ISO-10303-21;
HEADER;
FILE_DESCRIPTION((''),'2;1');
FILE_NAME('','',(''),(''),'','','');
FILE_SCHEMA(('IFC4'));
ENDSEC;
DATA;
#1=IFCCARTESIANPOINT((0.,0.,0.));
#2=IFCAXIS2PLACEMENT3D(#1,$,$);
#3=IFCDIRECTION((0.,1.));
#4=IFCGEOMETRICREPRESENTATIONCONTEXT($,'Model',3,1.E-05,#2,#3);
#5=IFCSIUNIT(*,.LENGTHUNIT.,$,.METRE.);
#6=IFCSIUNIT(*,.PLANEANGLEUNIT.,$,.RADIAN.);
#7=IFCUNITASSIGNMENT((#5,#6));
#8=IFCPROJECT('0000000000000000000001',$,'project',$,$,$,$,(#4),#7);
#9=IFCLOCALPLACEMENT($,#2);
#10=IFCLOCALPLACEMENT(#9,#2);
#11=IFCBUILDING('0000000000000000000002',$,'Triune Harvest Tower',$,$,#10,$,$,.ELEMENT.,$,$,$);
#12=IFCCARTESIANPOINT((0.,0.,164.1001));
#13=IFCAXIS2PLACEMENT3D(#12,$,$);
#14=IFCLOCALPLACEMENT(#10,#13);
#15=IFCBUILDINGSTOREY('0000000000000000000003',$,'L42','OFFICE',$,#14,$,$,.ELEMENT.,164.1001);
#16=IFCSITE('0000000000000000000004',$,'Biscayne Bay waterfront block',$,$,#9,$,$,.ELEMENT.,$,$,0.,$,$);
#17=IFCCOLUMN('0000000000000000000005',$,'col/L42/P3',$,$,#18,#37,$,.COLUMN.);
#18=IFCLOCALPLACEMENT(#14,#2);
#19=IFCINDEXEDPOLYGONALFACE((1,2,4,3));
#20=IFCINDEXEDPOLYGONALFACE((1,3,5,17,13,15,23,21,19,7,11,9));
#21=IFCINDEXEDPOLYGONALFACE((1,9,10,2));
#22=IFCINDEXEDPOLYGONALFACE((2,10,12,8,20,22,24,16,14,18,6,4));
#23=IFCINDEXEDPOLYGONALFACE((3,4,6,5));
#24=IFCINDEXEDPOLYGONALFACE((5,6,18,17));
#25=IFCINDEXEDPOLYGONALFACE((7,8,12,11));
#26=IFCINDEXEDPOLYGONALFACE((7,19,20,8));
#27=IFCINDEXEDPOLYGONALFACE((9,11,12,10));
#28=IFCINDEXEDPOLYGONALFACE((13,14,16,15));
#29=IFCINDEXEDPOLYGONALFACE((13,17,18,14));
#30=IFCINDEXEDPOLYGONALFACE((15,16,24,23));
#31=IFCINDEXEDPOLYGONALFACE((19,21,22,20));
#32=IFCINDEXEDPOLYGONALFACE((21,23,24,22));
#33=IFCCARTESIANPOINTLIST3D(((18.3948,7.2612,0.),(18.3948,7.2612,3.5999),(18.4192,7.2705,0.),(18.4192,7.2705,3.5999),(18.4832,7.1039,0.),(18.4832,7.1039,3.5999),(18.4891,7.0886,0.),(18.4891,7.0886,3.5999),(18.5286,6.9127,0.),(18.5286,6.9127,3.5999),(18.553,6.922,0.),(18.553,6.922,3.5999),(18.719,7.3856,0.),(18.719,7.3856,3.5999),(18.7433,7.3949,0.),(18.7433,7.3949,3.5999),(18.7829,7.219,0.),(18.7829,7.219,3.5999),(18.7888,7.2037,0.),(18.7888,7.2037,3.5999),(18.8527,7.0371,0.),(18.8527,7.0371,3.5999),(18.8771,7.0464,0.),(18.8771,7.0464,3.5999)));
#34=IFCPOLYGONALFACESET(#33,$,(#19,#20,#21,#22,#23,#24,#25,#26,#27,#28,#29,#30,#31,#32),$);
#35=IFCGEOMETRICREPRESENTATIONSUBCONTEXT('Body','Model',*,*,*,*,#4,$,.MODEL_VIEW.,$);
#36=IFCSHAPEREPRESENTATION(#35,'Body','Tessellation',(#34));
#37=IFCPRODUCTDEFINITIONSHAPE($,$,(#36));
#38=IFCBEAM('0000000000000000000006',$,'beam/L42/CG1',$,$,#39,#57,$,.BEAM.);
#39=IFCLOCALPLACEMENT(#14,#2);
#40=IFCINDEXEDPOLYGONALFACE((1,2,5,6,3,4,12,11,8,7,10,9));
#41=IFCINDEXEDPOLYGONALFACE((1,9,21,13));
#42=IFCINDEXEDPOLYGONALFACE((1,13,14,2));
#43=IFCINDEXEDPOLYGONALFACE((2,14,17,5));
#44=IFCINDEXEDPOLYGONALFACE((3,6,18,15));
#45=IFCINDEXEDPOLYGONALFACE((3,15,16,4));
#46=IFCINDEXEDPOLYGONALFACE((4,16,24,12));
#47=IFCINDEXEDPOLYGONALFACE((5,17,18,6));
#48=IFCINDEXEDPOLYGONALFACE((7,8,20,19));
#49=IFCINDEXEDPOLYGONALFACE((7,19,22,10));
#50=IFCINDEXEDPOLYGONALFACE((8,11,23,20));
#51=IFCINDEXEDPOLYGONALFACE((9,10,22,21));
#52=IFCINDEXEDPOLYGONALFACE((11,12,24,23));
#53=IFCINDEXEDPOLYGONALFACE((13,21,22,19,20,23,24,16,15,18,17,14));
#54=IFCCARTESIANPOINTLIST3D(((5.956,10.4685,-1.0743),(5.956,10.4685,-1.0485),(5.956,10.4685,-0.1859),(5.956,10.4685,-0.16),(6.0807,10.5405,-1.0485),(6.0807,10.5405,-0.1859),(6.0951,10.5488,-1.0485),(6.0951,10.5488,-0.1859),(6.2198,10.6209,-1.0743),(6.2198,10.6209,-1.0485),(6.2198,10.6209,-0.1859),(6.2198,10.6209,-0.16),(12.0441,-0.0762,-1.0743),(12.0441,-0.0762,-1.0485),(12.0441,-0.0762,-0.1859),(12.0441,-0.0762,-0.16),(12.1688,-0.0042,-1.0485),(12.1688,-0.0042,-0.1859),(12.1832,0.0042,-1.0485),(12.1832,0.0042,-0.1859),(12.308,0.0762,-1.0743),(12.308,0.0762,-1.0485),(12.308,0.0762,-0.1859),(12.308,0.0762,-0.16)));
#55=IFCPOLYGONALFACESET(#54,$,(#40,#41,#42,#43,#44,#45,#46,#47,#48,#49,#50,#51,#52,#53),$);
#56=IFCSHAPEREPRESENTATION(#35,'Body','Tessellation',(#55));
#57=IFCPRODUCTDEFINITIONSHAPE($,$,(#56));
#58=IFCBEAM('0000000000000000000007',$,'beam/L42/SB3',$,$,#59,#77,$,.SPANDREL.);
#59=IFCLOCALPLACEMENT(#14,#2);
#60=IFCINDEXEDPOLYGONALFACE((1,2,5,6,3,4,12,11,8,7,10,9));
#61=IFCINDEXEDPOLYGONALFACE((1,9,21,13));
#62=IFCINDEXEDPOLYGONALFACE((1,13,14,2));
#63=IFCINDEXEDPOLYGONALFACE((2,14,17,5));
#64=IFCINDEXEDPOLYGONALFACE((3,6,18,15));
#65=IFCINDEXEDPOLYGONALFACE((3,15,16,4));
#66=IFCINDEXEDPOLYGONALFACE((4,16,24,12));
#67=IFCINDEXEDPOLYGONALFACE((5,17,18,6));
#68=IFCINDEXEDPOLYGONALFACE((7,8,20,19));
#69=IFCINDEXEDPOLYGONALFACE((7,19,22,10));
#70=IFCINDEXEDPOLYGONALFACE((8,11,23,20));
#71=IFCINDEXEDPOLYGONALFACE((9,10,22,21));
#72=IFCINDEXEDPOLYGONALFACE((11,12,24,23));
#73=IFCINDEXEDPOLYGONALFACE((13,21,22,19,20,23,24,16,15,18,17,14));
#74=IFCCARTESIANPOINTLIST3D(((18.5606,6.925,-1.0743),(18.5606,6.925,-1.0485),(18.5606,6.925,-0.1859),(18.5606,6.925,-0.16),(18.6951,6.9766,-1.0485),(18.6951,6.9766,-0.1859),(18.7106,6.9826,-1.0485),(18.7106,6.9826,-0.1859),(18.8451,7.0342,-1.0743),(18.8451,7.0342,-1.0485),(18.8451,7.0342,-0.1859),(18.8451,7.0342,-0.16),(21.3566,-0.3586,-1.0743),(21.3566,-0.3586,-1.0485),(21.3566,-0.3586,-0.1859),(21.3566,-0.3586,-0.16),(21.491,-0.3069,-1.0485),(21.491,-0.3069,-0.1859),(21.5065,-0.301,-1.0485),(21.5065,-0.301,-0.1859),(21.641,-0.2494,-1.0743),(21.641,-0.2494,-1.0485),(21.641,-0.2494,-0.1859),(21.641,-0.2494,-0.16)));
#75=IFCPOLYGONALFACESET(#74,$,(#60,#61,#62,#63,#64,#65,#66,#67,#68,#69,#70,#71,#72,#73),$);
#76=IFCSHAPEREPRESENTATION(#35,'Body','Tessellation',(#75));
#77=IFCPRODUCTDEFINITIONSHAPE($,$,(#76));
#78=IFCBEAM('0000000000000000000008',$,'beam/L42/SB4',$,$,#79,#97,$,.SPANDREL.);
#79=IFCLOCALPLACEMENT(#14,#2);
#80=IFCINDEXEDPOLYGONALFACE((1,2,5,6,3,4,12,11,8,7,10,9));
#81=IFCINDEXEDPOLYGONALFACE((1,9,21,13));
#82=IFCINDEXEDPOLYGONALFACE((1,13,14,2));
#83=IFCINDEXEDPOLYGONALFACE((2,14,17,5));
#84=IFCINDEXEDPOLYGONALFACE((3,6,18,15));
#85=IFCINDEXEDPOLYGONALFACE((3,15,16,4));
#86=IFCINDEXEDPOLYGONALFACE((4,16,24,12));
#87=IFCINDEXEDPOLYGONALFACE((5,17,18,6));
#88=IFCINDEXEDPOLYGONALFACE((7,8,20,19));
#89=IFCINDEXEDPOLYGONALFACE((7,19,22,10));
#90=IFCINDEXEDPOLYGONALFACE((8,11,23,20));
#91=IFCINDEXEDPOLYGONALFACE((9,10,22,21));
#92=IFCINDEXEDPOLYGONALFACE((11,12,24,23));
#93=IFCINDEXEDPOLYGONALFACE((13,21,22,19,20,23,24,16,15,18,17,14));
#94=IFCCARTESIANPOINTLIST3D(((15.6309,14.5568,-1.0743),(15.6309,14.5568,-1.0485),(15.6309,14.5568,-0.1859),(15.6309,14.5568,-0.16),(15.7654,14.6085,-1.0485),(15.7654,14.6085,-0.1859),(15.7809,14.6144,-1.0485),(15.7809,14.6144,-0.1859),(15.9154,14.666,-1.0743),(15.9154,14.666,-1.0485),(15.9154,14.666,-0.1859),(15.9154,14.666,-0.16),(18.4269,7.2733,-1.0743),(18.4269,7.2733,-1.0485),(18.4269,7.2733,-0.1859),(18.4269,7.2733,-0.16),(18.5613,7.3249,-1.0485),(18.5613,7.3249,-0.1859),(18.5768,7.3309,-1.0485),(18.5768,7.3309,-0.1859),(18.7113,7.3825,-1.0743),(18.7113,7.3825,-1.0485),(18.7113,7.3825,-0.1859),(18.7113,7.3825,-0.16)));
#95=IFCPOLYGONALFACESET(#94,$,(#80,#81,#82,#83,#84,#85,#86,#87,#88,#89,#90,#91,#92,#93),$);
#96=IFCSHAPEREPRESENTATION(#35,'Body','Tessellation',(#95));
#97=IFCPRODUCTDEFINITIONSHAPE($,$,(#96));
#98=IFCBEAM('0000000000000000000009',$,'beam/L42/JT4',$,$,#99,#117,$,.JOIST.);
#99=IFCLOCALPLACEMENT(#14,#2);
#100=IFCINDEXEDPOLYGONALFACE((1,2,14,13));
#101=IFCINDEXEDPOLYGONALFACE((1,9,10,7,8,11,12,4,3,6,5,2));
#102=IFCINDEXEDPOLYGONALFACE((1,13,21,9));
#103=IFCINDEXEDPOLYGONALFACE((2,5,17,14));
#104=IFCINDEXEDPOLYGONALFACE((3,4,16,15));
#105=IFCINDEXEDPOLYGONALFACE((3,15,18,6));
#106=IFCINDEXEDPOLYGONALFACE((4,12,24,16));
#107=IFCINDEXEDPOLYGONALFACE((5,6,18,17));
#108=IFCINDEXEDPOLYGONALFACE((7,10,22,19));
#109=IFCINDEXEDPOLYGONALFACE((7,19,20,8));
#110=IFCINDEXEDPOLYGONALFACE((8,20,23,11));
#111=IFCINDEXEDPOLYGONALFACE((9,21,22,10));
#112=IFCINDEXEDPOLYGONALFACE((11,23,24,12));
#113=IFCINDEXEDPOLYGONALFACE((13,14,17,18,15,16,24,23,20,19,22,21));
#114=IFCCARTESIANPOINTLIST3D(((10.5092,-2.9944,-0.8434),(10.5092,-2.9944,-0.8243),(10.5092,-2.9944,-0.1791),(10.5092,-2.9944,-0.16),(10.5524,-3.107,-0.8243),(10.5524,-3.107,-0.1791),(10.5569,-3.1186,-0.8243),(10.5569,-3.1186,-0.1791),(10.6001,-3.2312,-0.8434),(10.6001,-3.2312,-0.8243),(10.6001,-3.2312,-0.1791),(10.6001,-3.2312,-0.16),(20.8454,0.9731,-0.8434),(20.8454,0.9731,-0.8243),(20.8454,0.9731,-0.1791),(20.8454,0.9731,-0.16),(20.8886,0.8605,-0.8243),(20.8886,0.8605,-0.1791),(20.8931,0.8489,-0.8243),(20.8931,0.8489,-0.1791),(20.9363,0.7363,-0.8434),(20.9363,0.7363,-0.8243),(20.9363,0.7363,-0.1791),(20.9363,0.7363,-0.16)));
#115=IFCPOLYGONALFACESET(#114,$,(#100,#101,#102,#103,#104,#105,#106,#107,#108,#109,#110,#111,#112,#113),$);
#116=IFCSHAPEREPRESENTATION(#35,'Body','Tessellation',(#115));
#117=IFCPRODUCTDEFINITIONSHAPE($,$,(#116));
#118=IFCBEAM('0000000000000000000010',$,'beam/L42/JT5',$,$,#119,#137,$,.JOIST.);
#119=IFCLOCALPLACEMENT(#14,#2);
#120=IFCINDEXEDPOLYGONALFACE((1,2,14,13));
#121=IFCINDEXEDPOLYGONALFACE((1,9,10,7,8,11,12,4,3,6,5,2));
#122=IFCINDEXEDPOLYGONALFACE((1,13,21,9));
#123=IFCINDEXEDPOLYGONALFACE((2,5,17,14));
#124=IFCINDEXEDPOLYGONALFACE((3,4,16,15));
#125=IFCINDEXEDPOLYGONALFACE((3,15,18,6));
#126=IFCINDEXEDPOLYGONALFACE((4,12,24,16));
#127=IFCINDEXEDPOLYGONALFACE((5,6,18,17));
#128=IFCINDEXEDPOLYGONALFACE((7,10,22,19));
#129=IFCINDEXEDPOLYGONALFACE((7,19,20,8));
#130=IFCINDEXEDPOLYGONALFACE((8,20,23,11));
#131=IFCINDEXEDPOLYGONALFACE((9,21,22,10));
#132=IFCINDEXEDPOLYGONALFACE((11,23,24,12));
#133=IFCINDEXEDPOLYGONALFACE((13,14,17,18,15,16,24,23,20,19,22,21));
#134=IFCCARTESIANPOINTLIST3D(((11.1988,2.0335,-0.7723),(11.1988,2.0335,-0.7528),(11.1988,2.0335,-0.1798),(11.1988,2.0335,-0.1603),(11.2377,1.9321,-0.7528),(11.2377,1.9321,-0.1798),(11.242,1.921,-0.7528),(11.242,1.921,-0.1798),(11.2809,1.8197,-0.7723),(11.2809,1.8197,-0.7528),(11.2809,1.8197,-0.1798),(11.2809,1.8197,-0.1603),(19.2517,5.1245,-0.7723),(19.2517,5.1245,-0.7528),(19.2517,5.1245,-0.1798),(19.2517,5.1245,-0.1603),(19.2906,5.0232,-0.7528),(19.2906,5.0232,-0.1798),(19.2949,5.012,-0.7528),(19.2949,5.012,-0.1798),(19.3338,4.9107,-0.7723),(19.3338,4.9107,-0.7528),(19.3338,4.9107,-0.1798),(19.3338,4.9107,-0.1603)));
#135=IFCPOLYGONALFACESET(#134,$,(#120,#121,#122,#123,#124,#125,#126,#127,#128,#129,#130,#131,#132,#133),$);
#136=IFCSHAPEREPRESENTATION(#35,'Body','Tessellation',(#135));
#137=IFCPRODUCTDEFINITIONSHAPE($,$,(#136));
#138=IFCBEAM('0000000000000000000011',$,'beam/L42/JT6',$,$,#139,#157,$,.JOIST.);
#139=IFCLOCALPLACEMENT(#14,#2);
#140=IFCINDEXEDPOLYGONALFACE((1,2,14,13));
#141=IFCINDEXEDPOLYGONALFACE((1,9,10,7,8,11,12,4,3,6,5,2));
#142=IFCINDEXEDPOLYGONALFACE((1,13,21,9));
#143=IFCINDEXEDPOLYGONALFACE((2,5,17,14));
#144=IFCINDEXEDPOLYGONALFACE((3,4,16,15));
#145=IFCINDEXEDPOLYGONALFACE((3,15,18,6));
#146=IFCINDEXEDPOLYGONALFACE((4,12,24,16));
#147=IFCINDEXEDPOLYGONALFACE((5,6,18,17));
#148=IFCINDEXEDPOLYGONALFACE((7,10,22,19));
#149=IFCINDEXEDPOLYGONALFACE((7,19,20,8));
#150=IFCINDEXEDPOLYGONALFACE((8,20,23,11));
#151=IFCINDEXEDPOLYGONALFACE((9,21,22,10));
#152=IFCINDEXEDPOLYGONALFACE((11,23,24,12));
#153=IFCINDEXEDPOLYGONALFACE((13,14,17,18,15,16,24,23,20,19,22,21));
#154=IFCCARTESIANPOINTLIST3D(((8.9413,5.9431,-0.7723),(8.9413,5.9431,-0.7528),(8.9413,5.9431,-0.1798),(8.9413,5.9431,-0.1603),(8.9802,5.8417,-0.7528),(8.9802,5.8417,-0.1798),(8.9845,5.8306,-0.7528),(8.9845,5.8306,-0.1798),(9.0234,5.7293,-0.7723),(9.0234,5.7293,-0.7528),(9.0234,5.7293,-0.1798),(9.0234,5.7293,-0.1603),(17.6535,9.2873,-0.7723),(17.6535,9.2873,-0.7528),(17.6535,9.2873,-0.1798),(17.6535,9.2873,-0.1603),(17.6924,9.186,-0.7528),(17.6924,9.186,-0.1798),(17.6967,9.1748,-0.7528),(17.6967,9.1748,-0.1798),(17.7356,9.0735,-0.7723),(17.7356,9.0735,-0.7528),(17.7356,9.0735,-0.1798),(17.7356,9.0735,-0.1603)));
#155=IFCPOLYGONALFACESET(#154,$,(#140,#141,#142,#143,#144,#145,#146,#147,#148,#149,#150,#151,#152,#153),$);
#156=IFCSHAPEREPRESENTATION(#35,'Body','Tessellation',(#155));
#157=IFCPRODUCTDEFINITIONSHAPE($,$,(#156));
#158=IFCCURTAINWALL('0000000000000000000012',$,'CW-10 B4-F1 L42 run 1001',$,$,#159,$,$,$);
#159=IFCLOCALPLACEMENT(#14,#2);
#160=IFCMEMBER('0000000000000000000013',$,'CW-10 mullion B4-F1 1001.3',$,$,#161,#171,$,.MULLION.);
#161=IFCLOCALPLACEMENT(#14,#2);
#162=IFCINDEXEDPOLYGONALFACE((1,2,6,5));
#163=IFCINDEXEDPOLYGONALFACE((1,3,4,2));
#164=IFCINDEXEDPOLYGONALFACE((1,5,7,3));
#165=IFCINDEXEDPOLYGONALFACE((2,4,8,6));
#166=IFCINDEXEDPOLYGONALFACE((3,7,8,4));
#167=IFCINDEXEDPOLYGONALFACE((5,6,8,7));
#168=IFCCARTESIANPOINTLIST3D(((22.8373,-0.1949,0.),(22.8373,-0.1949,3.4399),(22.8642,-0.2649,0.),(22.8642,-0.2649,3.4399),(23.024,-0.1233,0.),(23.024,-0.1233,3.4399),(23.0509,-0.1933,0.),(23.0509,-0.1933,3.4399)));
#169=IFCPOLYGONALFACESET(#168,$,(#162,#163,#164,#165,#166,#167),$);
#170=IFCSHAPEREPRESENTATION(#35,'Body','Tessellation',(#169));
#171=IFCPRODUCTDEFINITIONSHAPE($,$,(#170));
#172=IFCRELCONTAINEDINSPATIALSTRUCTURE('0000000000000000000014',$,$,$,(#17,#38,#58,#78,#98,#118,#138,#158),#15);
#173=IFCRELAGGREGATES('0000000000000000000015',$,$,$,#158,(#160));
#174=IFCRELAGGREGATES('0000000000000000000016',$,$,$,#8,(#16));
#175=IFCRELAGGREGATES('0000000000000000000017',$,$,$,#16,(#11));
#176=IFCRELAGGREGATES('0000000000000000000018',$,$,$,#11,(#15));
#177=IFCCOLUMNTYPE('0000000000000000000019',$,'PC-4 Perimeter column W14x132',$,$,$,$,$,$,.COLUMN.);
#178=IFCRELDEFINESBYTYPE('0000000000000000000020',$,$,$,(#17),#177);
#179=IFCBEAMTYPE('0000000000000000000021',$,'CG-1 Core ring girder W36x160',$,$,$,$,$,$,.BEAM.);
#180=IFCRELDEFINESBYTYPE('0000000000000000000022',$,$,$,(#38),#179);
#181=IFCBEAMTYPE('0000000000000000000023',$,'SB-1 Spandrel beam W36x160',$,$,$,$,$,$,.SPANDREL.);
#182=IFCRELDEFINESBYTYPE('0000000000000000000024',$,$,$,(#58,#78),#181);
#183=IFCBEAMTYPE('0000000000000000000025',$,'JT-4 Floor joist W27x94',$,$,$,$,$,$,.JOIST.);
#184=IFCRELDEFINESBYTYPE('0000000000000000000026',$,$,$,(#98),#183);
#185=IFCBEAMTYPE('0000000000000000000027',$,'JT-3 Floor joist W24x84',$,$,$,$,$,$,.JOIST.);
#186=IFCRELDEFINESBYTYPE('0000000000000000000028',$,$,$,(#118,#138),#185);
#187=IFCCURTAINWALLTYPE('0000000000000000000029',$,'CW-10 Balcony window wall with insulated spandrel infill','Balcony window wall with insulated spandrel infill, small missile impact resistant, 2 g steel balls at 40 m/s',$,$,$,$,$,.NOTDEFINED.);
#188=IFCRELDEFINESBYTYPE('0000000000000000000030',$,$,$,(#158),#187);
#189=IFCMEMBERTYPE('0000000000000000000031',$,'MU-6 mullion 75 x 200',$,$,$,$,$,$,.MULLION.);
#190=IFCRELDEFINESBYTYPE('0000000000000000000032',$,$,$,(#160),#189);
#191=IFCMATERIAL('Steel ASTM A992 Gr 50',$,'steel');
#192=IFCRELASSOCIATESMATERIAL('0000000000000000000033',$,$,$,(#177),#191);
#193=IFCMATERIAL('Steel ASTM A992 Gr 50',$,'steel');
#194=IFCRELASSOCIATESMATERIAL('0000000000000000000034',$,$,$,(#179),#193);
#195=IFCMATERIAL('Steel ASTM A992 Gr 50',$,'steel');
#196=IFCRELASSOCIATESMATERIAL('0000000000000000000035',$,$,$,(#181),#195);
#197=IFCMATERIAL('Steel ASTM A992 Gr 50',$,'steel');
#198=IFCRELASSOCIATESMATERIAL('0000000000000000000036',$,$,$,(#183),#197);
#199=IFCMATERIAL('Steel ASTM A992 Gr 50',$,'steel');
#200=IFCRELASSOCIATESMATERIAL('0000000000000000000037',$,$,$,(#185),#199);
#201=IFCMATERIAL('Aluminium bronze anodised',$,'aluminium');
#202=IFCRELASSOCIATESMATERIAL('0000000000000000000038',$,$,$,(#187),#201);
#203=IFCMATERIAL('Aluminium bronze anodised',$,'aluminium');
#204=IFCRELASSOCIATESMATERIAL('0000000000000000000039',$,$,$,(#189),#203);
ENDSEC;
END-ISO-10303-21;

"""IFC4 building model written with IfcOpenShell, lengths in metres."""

from ifc_helpers import new_model, si_unit, direction, frame, origin, origin_2d, place, context, subcontext, project, spatial, rectangle, i_section, extrude, source, transform, mapped, material, material_profile, profile_set, type_object, element, aggregate, save


model = new_model("IFC4")

# Units and contexts
model_context = context("Model", 3, precision=1e-05, world=origin(), true_north=direction((0.0, 1.0)))
body_context = subcontext(model_context, "Body", "Model", "MODEL_VIEW")
ifc_project = project(units=[si_unit("LENGTHUNIT", "METRE"), si_unit("PLANEANGLEUNIT", "RADIAN")], contexts=[model_context])

# Site, building, storey
site_placement = place(None, origin())
site = spatial("IfcSite", under=ifc_project, at=site_placement, Name="Biscayne Bay waterfront block", CompositionType="ELEMENT", RefElevation=0.0)
building_placement = place(site_placement, origin())
building = spatial("IfcBuilding", under=site, at=building_placement, Name="Triune Harvest Tower", CompositionType="ELEMENT")
storey_placement = place(building_placement, frame((0.0, 0.0, 164.1001)))
storey = spatial("IfcBuildingStorey", under=building, at=storey_placement, Name="L42", Description="OFFICE", CompositionType="ELEMENT", Elevation=164.1001)

# Column
ifc_material_1 = material(Name="Steel ASTM A992 Gr 50", Category="steel")
ifc_material_profile_1 = material_profile(ifc_material_1, i_section(OverallWidth=0.3733, OverallDepth=0.3733, WebThickness=0.0164, FlangeThickness=0.0261, at=origin_2d()), Name="W14x132")
ifc_profile_set_1 = profile_set([ifc_material_profile_1], Name="Steel ASTM A992 Gr 50")
column_type = type_object("IfcColumnType", Name="PC-4 Perimeter column W14x132", PredefinedType="COLUMN", material=ifc_profile_set_1)
shared_shape_1 = source(origin(), body_context, "Body", "SweptSolid", [
    extrude(i_section(OverallWidth=0.3733, OverallDepth=0.3733, WebThickness=0.0164, FlangeThickness=0.0261, at=origin_2d()), origin(), (0.0, 0.0, 1.0), 3.5999),
])
column_placement = place(storey_placement, frame((18.636, 7.1538, 0.0), z_axis=(0.0, 0.0, 1.0), x_axis=(-0.358368, 0.93358, 0.0)))
element("IfcColumn", 1, at=column_placement, inside=storey, type_object=column_type, Name="col/L42/P3", PredefinedType="COLUMN", context=body_context, shape_type="MappedRepresentation", body=[
    mapped(shared_shape_1, transform((0.0, 0.0, 0.0), scale=1.0)),
])

# Beams
ifc_material_2 = material(Name="Steel ASTM A992 Gr 50", Category="steel")
ifc_material_profile_2 = material_profile(ifc_material_2, i_section(OverallWidth=0.3047, OverallDepth=0.9143, WebThickness=0.0166, FlangeThickness=0.0259, at=origin_2d()), Name="W36x160")
ifc_profile_set_2 = profile_set([ifc_material_profile_2], Name="Steel ASTM A992 Gr 50")
beam_type_1 = type_object("IfcBeamType", Name="CG-1 Core ring girder W36x160", PredefinedType="BEAM", material=ifc_profile_set_2)
shared_shape_2 = source(origin(), body_context, "Body", "SweptSolid", [
    extrude(i_section(OverallWidth=0.3047, OverallDepth=0.9143, WebThickness=0.0166, FlangeThickness=0.0259, at=origin_2d()), origin(), (0.0, 0.0, 1.0), 12.176),
])
beam_1_placement = place(storey_placement, frame((12.176, 0.0, -0.6172), z_axis=(-0.50001, 0.86602, 0.0), x_axis=(-0.86602, -0.50001, 0.0)))
element("IfcBeam", 2, at=beam_1_placement, inside=storey, type_object=beam_type_1, Name="beam/L42/CG1", PredefinedType="BEAM", context=body_context, shape_type="MappedRepresentation", body=[
    mapped(shared_shape_2, transform((0.0, 0.0, 0.0), scale=1.0)),
])
ifc_material_3 = material(Name="Steel ASTM A992 Gr 50", Category="steel")
ifc_material_profile_3 = material_profile(ifc_material_3, i_section(OverallWidth=0.3047, OverallDepth=0.9143, WebThickness=0.0166, FlangeThickness=0.0259, at=origin_2d()), Name="W36x160")
ifc_profile_set_3 = profile_set([ifc_material_profile_3], Name="Steel ASTM A992 Gr 50")
beam_type_2 = type_object("IfcBeamType", Name="SB-1 Spandrel beam W36x160", PredefinedType="SPANDREL", material=ifc_profile_set_3)
shared_shape_3 = source(origin(), body_context, "Body", "SweptSolid", [
    extrude(i_section(OverallWidth=0.3047, OverallDepth=0.9143, WebThickness=0.0166, FlangeThickness=0.0259, at=origin_2d()), origin(), (0.0, 0.0, 1.0), 7.8018),
])
for number, where, z_axis, x_axis, name in (
    (3, (21.4988, -0.304, -0.6172), (-0.358373, 0.933578, 0.0), (-0.933578, -0.358373, 0.0), "beam/L42/SB3"),
    (4, (18.5691, 7.3279, -0.6172), (-0.358373, 0.933578, 0.0), (-0.933578, -0.358373, 0.0), "beam/L42/SB4"),
):
    element("IfcBeam", number, at=place(storey_placement, frame(where, z_axis=z_axis, x_axis=x_axis)), inside=storey, type_object=beam_type_2, Name=name, PredefinedType="SPANDREL", context=body_context, shape_type="MappedRepresentation", body=[
        mapped(shared_shape_3, transform((0.0, 0.0, 0.0), scale=1.0)),
    ])
ifc_material_4 = material(Name="Steel ASTM A992 Gr 50", Category="steel")
ifc_material_profile_4 = material_profile(ifc_material_4, i_section(OverallWidth=0.2537, OverallDepth=0.6833, WebThickness=0.0125, FlangeThickness=0.019, at=origin_2d()), Name="W27x94")
ifc_profile_set_4 = profile_set([ifc_material_profile_4], Name="Steel ASTM A992 Gr 50")
beam_type_3 = type_object("IfcBeamType", Name="JT-4 Floor joist W27x94", PredefinedType="JOIST", material=ifc_profile_set_4)
shared_shape_4 = source(origin(), body_context, "Body", "SweptSolid", [
    extrude(i_section(OverallWidth=0.2537, OverallDepth=0.6833, WebThickness=0.0125, FlangeThickness=0.019, at=origin_2d()), origin(), (0.0, 0.0, 1.0), 11.0715),
])
beam_2_placement = place(storey_placement, frame((20.8909, 0.8547, -0.5017), z_axis=(-0.933585, -0.358355, 0.0), x_axis=(0.358355, -0.933585, 0.0)))
element("IfcBeam", 5, at=beam_2_placement, inside=storey, type_object=beam_type_3, Name="beam/L42/JT4", PredefinedType="JOIST", context=body_context, shape_type="MappedRepresentation", body=[
    mapped(shared_shape_4, transform((0.0, 0.0, 0.0), scale=1.0)),
])
ifc_material_5 = material(Name="Steel ASTM A992 Gr 50", Category="steel")
ifc_material_profile_5 = material_profile(ifc_material_5, i_section(OverallWidth=0.229, OverallDepth=0.6121, WebThickness=0.012, FlangeThickness=0.0195, at=origin_2d()), Name="W24x84")
ifc_profile_set_5 = profile_set([ifc_material_profile_5], Name="Steel ASTM A992 Gr 50")
beam_type_4 = type_object("IfcBeamType", Name="JT-3 Floor joist W24x84", PredefinedType="JOIST", material=ifc_profile_set_5)
shared_shape_5 = source(origin(), body_context, "Body", "SweptSolid", [
    extrude(i_section(OverallWidth=0.229, OverallDepth=0.6121, WebThickness=0.012, FlangeThickness=0.0195, at=origin_2d()), origin(), (0.0, 0.0, 1.0), 8.6257),
])
beam_3_placement = place(storey_placement, frame((19.2927, 5.0176, -0.4663), z_axis=(-0.933588, -0.358349, 0.0), x_axis=(0.358349, -0.933588, 0.0)))
element("IfcBeam", 6, at=beam_3_placement, inside=storey, type_object=beam_type_4, Name="beam/L42/JT5", PredefinedType="JOIST", context=body_context, shape_type="MappedRepresentation", body=[
    mapped(shared_shape_5, transform((0.0, 0.0, 0.0), scale=1.0)),
])
shared_shape_6 = source(origin(), body_context, "Body", "SweptSolid", [
    extrude(i_section(OverallWidth=0.229, OverallDepth=0.6121, WebThickness=0.012, FlangeThickness=0.0195, at=origin_2d()), origin(), (0.0, 0.0, 1.0), 9.332),
])
beam_4_placement = place(storey_placement, frame((17.6946, 9.1804, -0.4663), z_axis=(-0.933582, -0.358364, 0.0), x_axis=(0.358364, -0.933582, 0.0)))
element("IfcBeam", 7, at=beam_4_placement, inside=storey, type_object=beam_type_4, Name="beam/L42/JT6", PredefinedType="JOIST", context=body_context, shape_type="MappedRepresentation", body=[
    mapped(shared_shape_6, transform((0.0, 0.0, 0.0), scale=1.0)),
])

# Curtain wall, member
ifc_material_6 = material(Name="Aluminium bronze anodised", Category="aluminium")
curtain_wall_type_1 = type_object("IfcCurtainWallType", Name="CW-10 Balcony window wall with insulated spandrel infill", Description="Balcony window wall with insulated spandrel infill, small missile impact resistant, 2 g steel balls at 40 m/s", PredefinedType="NOTDEFINED", material=ifc_material_6)
curtain_wall_1_placement = place(storey_placement, origin())
curtain_wall_1 = element("IfcCurtainWall", 8, at=curtain_wall_1_placement, inside=storey, type_object=curtain_wall_type_1, Name="CW-10 B4-F1 L42 run 1001")
ifc_material_7 = material(Name="Aluminium bronze anodised", Category="aluminium")
ifc_material_profile_6 = material_profile(ifc_material_7, rectangle(XDim=0.2, YDim=0.075, at=origin_2d()), Name="MU-6 mullion 75 x 200")
ifc_profile_set_6 = profile_set([ifc_material_profile_6], Name="Aluminium bronze anodised")
member_type_1 = type_object("IfcMemberType", Name="MU-6 mullion 75 x 200", PredefinedType="MULLION", material=ifc_profile_set_6)
shared_shape_7 = source(origin(), body_context, "Body", "SweptSolid", [
    extrude(rectangle(XDim=0.2, YDim=0.075, at=origin_2d()), origin(), (0.0, 0.0, 1.0), 3.4399),
])
member_1_placement = place(storey_placement, frame((22.9441, -0.1941, 0.0), z_axis=(0.0, 0.0, 1.0), x_axis=(-0.933581, -0.358365, 0.0)))
member_1 = element("IfcMember", 9, at=member_1_placement, type_object=member_type_1, Name="CW-10 mullion B4-F1 1001.3", PredefinedType="MULLION", context=body_context, shape_type="MappedRepresentation", body=[
    mapped(shared_shape_7, transform((0.0, 0.0, 0.0), scale=1.0)),
])

aggregate(curtain_wall_1, [member_1])

save(model, "model.ifc")
